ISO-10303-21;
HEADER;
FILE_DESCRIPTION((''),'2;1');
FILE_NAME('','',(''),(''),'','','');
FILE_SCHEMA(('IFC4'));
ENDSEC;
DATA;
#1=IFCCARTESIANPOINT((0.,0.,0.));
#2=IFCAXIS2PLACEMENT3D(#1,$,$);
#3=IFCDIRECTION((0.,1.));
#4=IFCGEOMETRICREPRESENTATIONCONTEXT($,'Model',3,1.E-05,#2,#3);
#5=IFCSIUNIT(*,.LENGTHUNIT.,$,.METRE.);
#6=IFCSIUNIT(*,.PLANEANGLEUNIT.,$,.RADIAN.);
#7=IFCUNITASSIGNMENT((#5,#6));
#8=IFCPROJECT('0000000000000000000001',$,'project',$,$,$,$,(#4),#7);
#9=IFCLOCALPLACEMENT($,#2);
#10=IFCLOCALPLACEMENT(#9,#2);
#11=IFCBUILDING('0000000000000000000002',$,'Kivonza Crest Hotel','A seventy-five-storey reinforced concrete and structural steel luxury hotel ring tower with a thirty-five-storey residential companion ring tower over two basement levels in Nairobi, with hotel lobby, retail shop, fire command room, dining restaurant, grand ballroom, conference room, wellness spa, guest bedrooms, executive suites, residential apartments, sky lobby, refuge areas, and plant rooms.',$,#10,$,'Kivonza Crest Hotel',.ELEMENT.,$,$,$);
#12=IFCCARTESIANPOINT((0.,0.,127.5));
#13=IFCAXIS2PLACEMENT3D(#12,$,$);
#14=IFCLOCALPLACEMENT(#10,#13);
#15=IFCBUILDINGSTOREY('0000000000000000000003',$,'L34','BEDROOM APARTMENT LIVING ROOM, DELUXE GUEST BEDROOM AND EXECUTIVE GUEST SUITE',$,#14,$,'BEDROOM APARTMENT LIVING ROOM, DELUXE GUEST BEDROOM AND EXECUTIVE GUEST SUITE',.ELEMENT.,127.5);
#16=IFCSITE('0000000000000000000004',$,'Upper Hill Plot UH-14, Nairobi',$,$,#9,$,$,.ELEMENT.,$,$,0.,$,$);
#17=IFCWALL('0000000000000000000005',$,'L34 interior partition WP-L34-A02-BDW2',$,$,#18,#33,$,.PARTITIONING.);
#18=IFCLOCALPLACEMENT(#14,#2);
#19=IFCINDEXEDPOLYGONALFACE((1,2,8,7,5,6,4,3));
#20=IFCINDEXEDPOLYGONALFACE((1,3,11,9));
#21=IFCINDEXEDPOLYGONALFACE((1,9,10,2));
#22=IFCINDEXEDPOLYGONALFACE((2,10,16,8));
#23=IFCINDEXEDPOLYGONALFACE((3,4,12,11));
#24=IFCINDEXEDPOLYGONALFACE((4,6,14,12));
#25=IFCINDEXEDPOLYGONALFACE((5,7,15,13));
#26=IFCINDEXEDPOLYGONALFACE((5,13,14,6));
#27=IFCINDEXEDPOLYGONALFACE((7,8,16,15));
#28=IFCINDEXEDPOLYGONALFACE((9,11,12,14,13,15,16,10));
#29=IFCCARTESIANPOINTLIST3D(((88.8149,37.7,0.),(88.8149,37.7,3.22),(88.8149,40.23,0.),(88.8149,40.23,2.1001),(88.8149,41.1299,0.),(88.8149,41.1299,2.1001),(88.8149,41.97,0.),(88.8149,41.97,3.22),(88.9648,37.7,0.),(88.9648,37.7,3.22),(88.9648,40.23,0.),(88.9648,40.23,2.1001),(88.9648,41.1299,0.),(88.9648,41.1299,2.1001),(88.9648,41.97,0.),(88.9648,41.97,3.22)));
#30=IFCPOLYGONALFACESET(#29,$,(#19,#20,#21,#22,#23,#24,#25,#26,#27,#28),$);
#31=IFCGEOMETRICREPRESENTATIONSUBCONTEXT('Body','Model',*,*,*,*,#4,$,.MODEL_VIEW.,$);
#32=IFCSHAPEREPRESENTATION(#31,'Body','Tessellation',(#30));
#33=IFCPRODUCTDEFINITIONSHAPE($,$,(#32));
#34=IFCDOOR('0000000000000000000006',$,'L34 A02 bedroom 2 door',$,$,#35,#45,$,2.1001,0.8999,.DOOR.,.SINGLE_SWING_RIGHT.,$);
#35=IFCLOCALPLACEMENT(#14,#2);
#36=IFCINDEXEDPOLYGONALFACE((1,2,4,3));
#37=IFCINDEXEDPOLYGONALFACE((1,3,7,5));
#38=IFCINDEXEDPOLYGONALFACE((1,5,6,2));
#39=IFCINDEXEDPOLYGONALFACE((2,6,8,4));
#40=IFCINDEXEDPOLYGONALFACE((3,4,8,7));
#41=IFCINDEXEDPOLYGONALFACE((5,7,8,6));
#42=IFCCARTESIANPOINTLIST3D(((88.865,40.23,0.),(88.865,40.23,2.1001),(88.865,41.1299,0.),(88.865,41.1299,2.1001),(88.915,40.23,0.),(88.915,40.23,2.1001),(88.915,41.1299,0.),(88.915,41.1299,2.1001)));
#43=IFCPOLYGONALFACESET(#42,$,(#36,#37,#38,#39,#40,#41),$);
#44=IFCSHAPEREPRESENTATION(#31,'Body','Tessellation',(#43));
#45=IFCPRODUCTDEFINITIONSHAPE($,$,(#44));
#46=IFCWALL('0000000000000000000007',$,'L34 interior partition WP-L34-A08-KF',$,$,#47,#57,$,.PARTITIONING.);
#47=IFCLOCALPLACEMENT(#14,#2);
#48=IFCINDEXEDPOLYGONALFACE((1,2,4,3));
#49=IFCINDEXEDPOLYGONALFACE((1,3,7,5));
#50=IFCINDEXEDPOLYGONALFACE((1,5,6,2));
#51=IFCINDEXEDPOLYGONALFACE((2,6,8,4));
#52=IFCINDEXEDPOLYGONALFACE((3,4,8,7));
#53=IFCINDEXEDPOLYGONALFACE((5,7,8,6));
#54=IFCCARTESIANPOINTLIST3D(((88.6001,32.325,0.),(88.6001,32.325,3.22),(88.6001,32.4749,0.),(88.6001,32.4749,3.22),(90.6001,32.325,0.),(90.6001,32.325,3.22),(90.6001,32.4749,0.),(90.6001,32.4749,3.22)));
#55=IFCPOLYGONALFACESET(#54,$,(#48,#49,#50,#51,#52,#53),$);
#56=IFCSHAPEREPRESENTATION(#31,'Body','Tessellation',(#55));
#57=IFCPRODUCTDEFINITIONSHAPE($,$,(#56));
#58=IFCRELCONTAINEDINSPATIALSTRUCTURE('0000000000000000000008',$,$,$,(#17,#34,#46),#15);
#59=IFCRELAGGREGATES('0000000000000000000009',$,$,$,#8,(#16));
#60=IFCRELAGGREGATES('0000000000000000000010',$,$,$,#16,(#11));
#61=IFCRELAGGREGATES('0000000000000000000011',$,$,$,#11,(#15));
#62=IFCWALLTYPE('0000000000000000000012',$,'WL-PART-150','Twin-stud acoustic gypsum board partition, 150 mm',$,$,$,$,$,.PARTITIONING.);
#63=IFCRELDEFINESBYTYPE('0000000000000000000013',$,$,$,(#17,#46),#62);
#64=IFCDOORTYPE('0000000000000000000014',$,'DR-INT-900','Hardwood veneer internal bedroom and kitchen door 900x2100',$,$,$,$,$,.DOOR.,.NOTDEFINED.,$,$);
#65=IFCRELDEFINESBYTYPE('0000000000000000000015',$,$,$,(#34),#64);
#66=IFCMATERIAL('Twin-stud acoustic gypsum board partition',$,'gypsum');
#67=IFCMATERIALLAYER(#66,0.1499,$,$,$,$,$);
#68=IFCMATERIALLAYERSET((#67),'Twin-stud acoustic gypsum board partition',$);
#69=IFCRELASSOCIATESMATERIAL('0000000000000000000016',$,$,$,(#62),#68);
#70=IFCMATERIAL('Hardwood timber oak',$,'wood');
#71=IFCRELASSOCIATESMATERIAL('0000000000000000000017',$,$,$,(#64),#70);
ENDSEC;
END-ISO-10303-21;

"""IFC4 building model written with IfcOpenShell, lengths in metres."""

from ifc_helpers import new_model, si_unit, direction, frame, frame_2d, origin, place, context, subcontext, project, spatial, rectangle, extrude, material, layer, layer_set, type_object, element, fill, save


model = new_model("IFC4")

# Units and contexts
model_context = context("Model", 3, precision=1e-05, world=origin(), true_north=direction((0.0, 1.0)))
body_context = subcontext(model_context, "Body", "Model", "MODEL_VIEW")
ifc_project = project(units=[si_unit("LENGTHUNIT", "METRE"), si_unit("PLANEANGLEUNIT", "RADIAN")], contexts=[model_context])

# Site, building, storey
site_placement = place(None, origin())
site = spatial("IfcSite", under=ifc_project, at=site_placement, Name="Upper Hill Plot UH-14, Nairobi", CompositionType="ELEMENT", RefElevation=0.0)
building_placement = place(site_placement, origin())
building = spatial("IfcBuilding", under=site, at=building_placement, Name="Kivonza Crest Hotel", Description="A seventy-five-storey reinforced concrete and structural steel luxury hotel ring tower with a thirty-five-storey residential companion ring tower over two basement levels in Nairobi, with hotel lobby, retail shop, fire command room, dining restaurant, grand ballroom, conference room, wellness spa, guest bedrooms, executive suites, residential apartments, sky lobby, refuge areas, and plant rooms.", LongName="Kivonza Crest Hotel", CompositionType="ELEMENT")
storey_placement = place(building_placement, frame((0.0, 0.0, 127.5)))
storey = spatial("IfcBuildingStorey", under=building, at=storey_placement, Name="L34", Description="BEDROOM APARTMENT LIVING ROOM, DELUXE GUEST BEDROOM AND EXECUTIVE GUEST SUITE", LongName="BEDROOM APARTMENT LIVING ROOM, DELUXE GUEST BEDROOM AND EXECUTIVE GUEST SUITE", CompositionType="ELEMENT", Elevation=127.5)

# Shared definitions
ifc_material_1 = material(Name="Hardwood timber oak", Category="wood")

# Wall, opening, door
ifc_material_2 = material(Name="Twin-stud acoustic gypsum board partition", Category="gypsum")
ifc_layer_1 = layer(ifc_material_2, 0.1499)
ifc_layer_set_1 = layer_set([ifc_layer_1], Name="Twin-stud acoustic gypsum board partition")
wall_type_1 = type_object("IfcWallType", Name="WL-PART-150", Description="Twin-stud acoustic gypsum board partition, 150 mm", PredefinedType="PARTITIONING", material=ifc_layer_set_1)
wall_1_placement = place(storey_placement, frame((88.8899, 37.7, 0.0), z_axis=(0.0, 0.0, 1.0), x_axis=(0.0, 1.0, 0.0)))
wall_1 = element("IfcWall", 1, at=wall_1_placement, inside=storey, type_object=wall_type_1, Name="L34 interior partition WP-L34-A02-BDW2", PredefinedType="PARTITIONING", context=body_context, shape_type="SweptSolid", body=[
    extrude(rectangle(XDim=4.27, YDim=0.1499, at=frame_2d((2.135, 0.0))), origin(), (0.0, 0.0, 1.0), 3.22),
])
opening_1_placement = place(wall_1_placement, frame((2.53, 0.0, 0.0)))
opening_1 = element("IfcOpeningElement", 2, at=opening_1_placement, cuts=wall_1, PredefinedType="OPENING", context=body_context, shape_type="SweptSolid", body=[
    extrude(rectangle(XDim=0.8999, YDim=2.1001, at=frame_2d((0.45, 1.05))), frame((0.0, 0.085, 0.0), z_axis=(0.0, -1.0, 0.0), x_axis=(1.0, 0.0, 0.0)), (0.0, 0.0, 1.0), 0.1699),
])
door_type_1 = type_object("IfcDoorType", Name="DR-INT-900", Description="Hardwood veneer internal bedroom and kitchen door 900x2100", OperationType="NOTDEFINED", PredefinedType="DOOR", material=ifc_material_1)
door_1_placement = place(opening_1_placement, origin())
door_1 = element("IfcDoor", 3, at=door_1_placement, inside=storey, type_object=door_type_1, Name="L34 A02 bedroom 2 door", OperationType="SINGLE_SWING_RIGHT", OverallHeight=2.1001, OverallWidth=0.8999, PredefinedType="DOOR", context=body_context, shape_type="SweptSolid", body=[
    extrude(rectangle(XDim=0.8999, YDim=2.1001, at=frame_2d((0.45, 1.05))), frame((0.0, 0.0249, 0.0), z_axis=(0.0, -1.0, 0.0), x_axis=(1.0, 0.0, 0.0)), (0.0, 0.0, 1.0), 0.05),
])
fill(opening_1, door_1)

# Wall
wall_2_placement = place(storey_placement, frame((88.6001, 32.3999, 0.0), z_axis=(0.0, 0.0, 1.0), x_axis=(1.0, 0.0, 0.0)))
element("IfcWall", 4, at=wall_2_placement, inside=storey, type_object=wall_type_1, Name="L34 interior partition WP-L34-A08-KF", PredefinedType="PARTITIONING", context=body_context, shape_type="SweptSolid", body=[
    extrude(rectangle(XDim=2.0, YDim=0.1499, at=frame_2d((1.0, 0.0))), origin(), (0.0, 0.0, 1.0), 3.22),
])

save(model, "model.ifc")
